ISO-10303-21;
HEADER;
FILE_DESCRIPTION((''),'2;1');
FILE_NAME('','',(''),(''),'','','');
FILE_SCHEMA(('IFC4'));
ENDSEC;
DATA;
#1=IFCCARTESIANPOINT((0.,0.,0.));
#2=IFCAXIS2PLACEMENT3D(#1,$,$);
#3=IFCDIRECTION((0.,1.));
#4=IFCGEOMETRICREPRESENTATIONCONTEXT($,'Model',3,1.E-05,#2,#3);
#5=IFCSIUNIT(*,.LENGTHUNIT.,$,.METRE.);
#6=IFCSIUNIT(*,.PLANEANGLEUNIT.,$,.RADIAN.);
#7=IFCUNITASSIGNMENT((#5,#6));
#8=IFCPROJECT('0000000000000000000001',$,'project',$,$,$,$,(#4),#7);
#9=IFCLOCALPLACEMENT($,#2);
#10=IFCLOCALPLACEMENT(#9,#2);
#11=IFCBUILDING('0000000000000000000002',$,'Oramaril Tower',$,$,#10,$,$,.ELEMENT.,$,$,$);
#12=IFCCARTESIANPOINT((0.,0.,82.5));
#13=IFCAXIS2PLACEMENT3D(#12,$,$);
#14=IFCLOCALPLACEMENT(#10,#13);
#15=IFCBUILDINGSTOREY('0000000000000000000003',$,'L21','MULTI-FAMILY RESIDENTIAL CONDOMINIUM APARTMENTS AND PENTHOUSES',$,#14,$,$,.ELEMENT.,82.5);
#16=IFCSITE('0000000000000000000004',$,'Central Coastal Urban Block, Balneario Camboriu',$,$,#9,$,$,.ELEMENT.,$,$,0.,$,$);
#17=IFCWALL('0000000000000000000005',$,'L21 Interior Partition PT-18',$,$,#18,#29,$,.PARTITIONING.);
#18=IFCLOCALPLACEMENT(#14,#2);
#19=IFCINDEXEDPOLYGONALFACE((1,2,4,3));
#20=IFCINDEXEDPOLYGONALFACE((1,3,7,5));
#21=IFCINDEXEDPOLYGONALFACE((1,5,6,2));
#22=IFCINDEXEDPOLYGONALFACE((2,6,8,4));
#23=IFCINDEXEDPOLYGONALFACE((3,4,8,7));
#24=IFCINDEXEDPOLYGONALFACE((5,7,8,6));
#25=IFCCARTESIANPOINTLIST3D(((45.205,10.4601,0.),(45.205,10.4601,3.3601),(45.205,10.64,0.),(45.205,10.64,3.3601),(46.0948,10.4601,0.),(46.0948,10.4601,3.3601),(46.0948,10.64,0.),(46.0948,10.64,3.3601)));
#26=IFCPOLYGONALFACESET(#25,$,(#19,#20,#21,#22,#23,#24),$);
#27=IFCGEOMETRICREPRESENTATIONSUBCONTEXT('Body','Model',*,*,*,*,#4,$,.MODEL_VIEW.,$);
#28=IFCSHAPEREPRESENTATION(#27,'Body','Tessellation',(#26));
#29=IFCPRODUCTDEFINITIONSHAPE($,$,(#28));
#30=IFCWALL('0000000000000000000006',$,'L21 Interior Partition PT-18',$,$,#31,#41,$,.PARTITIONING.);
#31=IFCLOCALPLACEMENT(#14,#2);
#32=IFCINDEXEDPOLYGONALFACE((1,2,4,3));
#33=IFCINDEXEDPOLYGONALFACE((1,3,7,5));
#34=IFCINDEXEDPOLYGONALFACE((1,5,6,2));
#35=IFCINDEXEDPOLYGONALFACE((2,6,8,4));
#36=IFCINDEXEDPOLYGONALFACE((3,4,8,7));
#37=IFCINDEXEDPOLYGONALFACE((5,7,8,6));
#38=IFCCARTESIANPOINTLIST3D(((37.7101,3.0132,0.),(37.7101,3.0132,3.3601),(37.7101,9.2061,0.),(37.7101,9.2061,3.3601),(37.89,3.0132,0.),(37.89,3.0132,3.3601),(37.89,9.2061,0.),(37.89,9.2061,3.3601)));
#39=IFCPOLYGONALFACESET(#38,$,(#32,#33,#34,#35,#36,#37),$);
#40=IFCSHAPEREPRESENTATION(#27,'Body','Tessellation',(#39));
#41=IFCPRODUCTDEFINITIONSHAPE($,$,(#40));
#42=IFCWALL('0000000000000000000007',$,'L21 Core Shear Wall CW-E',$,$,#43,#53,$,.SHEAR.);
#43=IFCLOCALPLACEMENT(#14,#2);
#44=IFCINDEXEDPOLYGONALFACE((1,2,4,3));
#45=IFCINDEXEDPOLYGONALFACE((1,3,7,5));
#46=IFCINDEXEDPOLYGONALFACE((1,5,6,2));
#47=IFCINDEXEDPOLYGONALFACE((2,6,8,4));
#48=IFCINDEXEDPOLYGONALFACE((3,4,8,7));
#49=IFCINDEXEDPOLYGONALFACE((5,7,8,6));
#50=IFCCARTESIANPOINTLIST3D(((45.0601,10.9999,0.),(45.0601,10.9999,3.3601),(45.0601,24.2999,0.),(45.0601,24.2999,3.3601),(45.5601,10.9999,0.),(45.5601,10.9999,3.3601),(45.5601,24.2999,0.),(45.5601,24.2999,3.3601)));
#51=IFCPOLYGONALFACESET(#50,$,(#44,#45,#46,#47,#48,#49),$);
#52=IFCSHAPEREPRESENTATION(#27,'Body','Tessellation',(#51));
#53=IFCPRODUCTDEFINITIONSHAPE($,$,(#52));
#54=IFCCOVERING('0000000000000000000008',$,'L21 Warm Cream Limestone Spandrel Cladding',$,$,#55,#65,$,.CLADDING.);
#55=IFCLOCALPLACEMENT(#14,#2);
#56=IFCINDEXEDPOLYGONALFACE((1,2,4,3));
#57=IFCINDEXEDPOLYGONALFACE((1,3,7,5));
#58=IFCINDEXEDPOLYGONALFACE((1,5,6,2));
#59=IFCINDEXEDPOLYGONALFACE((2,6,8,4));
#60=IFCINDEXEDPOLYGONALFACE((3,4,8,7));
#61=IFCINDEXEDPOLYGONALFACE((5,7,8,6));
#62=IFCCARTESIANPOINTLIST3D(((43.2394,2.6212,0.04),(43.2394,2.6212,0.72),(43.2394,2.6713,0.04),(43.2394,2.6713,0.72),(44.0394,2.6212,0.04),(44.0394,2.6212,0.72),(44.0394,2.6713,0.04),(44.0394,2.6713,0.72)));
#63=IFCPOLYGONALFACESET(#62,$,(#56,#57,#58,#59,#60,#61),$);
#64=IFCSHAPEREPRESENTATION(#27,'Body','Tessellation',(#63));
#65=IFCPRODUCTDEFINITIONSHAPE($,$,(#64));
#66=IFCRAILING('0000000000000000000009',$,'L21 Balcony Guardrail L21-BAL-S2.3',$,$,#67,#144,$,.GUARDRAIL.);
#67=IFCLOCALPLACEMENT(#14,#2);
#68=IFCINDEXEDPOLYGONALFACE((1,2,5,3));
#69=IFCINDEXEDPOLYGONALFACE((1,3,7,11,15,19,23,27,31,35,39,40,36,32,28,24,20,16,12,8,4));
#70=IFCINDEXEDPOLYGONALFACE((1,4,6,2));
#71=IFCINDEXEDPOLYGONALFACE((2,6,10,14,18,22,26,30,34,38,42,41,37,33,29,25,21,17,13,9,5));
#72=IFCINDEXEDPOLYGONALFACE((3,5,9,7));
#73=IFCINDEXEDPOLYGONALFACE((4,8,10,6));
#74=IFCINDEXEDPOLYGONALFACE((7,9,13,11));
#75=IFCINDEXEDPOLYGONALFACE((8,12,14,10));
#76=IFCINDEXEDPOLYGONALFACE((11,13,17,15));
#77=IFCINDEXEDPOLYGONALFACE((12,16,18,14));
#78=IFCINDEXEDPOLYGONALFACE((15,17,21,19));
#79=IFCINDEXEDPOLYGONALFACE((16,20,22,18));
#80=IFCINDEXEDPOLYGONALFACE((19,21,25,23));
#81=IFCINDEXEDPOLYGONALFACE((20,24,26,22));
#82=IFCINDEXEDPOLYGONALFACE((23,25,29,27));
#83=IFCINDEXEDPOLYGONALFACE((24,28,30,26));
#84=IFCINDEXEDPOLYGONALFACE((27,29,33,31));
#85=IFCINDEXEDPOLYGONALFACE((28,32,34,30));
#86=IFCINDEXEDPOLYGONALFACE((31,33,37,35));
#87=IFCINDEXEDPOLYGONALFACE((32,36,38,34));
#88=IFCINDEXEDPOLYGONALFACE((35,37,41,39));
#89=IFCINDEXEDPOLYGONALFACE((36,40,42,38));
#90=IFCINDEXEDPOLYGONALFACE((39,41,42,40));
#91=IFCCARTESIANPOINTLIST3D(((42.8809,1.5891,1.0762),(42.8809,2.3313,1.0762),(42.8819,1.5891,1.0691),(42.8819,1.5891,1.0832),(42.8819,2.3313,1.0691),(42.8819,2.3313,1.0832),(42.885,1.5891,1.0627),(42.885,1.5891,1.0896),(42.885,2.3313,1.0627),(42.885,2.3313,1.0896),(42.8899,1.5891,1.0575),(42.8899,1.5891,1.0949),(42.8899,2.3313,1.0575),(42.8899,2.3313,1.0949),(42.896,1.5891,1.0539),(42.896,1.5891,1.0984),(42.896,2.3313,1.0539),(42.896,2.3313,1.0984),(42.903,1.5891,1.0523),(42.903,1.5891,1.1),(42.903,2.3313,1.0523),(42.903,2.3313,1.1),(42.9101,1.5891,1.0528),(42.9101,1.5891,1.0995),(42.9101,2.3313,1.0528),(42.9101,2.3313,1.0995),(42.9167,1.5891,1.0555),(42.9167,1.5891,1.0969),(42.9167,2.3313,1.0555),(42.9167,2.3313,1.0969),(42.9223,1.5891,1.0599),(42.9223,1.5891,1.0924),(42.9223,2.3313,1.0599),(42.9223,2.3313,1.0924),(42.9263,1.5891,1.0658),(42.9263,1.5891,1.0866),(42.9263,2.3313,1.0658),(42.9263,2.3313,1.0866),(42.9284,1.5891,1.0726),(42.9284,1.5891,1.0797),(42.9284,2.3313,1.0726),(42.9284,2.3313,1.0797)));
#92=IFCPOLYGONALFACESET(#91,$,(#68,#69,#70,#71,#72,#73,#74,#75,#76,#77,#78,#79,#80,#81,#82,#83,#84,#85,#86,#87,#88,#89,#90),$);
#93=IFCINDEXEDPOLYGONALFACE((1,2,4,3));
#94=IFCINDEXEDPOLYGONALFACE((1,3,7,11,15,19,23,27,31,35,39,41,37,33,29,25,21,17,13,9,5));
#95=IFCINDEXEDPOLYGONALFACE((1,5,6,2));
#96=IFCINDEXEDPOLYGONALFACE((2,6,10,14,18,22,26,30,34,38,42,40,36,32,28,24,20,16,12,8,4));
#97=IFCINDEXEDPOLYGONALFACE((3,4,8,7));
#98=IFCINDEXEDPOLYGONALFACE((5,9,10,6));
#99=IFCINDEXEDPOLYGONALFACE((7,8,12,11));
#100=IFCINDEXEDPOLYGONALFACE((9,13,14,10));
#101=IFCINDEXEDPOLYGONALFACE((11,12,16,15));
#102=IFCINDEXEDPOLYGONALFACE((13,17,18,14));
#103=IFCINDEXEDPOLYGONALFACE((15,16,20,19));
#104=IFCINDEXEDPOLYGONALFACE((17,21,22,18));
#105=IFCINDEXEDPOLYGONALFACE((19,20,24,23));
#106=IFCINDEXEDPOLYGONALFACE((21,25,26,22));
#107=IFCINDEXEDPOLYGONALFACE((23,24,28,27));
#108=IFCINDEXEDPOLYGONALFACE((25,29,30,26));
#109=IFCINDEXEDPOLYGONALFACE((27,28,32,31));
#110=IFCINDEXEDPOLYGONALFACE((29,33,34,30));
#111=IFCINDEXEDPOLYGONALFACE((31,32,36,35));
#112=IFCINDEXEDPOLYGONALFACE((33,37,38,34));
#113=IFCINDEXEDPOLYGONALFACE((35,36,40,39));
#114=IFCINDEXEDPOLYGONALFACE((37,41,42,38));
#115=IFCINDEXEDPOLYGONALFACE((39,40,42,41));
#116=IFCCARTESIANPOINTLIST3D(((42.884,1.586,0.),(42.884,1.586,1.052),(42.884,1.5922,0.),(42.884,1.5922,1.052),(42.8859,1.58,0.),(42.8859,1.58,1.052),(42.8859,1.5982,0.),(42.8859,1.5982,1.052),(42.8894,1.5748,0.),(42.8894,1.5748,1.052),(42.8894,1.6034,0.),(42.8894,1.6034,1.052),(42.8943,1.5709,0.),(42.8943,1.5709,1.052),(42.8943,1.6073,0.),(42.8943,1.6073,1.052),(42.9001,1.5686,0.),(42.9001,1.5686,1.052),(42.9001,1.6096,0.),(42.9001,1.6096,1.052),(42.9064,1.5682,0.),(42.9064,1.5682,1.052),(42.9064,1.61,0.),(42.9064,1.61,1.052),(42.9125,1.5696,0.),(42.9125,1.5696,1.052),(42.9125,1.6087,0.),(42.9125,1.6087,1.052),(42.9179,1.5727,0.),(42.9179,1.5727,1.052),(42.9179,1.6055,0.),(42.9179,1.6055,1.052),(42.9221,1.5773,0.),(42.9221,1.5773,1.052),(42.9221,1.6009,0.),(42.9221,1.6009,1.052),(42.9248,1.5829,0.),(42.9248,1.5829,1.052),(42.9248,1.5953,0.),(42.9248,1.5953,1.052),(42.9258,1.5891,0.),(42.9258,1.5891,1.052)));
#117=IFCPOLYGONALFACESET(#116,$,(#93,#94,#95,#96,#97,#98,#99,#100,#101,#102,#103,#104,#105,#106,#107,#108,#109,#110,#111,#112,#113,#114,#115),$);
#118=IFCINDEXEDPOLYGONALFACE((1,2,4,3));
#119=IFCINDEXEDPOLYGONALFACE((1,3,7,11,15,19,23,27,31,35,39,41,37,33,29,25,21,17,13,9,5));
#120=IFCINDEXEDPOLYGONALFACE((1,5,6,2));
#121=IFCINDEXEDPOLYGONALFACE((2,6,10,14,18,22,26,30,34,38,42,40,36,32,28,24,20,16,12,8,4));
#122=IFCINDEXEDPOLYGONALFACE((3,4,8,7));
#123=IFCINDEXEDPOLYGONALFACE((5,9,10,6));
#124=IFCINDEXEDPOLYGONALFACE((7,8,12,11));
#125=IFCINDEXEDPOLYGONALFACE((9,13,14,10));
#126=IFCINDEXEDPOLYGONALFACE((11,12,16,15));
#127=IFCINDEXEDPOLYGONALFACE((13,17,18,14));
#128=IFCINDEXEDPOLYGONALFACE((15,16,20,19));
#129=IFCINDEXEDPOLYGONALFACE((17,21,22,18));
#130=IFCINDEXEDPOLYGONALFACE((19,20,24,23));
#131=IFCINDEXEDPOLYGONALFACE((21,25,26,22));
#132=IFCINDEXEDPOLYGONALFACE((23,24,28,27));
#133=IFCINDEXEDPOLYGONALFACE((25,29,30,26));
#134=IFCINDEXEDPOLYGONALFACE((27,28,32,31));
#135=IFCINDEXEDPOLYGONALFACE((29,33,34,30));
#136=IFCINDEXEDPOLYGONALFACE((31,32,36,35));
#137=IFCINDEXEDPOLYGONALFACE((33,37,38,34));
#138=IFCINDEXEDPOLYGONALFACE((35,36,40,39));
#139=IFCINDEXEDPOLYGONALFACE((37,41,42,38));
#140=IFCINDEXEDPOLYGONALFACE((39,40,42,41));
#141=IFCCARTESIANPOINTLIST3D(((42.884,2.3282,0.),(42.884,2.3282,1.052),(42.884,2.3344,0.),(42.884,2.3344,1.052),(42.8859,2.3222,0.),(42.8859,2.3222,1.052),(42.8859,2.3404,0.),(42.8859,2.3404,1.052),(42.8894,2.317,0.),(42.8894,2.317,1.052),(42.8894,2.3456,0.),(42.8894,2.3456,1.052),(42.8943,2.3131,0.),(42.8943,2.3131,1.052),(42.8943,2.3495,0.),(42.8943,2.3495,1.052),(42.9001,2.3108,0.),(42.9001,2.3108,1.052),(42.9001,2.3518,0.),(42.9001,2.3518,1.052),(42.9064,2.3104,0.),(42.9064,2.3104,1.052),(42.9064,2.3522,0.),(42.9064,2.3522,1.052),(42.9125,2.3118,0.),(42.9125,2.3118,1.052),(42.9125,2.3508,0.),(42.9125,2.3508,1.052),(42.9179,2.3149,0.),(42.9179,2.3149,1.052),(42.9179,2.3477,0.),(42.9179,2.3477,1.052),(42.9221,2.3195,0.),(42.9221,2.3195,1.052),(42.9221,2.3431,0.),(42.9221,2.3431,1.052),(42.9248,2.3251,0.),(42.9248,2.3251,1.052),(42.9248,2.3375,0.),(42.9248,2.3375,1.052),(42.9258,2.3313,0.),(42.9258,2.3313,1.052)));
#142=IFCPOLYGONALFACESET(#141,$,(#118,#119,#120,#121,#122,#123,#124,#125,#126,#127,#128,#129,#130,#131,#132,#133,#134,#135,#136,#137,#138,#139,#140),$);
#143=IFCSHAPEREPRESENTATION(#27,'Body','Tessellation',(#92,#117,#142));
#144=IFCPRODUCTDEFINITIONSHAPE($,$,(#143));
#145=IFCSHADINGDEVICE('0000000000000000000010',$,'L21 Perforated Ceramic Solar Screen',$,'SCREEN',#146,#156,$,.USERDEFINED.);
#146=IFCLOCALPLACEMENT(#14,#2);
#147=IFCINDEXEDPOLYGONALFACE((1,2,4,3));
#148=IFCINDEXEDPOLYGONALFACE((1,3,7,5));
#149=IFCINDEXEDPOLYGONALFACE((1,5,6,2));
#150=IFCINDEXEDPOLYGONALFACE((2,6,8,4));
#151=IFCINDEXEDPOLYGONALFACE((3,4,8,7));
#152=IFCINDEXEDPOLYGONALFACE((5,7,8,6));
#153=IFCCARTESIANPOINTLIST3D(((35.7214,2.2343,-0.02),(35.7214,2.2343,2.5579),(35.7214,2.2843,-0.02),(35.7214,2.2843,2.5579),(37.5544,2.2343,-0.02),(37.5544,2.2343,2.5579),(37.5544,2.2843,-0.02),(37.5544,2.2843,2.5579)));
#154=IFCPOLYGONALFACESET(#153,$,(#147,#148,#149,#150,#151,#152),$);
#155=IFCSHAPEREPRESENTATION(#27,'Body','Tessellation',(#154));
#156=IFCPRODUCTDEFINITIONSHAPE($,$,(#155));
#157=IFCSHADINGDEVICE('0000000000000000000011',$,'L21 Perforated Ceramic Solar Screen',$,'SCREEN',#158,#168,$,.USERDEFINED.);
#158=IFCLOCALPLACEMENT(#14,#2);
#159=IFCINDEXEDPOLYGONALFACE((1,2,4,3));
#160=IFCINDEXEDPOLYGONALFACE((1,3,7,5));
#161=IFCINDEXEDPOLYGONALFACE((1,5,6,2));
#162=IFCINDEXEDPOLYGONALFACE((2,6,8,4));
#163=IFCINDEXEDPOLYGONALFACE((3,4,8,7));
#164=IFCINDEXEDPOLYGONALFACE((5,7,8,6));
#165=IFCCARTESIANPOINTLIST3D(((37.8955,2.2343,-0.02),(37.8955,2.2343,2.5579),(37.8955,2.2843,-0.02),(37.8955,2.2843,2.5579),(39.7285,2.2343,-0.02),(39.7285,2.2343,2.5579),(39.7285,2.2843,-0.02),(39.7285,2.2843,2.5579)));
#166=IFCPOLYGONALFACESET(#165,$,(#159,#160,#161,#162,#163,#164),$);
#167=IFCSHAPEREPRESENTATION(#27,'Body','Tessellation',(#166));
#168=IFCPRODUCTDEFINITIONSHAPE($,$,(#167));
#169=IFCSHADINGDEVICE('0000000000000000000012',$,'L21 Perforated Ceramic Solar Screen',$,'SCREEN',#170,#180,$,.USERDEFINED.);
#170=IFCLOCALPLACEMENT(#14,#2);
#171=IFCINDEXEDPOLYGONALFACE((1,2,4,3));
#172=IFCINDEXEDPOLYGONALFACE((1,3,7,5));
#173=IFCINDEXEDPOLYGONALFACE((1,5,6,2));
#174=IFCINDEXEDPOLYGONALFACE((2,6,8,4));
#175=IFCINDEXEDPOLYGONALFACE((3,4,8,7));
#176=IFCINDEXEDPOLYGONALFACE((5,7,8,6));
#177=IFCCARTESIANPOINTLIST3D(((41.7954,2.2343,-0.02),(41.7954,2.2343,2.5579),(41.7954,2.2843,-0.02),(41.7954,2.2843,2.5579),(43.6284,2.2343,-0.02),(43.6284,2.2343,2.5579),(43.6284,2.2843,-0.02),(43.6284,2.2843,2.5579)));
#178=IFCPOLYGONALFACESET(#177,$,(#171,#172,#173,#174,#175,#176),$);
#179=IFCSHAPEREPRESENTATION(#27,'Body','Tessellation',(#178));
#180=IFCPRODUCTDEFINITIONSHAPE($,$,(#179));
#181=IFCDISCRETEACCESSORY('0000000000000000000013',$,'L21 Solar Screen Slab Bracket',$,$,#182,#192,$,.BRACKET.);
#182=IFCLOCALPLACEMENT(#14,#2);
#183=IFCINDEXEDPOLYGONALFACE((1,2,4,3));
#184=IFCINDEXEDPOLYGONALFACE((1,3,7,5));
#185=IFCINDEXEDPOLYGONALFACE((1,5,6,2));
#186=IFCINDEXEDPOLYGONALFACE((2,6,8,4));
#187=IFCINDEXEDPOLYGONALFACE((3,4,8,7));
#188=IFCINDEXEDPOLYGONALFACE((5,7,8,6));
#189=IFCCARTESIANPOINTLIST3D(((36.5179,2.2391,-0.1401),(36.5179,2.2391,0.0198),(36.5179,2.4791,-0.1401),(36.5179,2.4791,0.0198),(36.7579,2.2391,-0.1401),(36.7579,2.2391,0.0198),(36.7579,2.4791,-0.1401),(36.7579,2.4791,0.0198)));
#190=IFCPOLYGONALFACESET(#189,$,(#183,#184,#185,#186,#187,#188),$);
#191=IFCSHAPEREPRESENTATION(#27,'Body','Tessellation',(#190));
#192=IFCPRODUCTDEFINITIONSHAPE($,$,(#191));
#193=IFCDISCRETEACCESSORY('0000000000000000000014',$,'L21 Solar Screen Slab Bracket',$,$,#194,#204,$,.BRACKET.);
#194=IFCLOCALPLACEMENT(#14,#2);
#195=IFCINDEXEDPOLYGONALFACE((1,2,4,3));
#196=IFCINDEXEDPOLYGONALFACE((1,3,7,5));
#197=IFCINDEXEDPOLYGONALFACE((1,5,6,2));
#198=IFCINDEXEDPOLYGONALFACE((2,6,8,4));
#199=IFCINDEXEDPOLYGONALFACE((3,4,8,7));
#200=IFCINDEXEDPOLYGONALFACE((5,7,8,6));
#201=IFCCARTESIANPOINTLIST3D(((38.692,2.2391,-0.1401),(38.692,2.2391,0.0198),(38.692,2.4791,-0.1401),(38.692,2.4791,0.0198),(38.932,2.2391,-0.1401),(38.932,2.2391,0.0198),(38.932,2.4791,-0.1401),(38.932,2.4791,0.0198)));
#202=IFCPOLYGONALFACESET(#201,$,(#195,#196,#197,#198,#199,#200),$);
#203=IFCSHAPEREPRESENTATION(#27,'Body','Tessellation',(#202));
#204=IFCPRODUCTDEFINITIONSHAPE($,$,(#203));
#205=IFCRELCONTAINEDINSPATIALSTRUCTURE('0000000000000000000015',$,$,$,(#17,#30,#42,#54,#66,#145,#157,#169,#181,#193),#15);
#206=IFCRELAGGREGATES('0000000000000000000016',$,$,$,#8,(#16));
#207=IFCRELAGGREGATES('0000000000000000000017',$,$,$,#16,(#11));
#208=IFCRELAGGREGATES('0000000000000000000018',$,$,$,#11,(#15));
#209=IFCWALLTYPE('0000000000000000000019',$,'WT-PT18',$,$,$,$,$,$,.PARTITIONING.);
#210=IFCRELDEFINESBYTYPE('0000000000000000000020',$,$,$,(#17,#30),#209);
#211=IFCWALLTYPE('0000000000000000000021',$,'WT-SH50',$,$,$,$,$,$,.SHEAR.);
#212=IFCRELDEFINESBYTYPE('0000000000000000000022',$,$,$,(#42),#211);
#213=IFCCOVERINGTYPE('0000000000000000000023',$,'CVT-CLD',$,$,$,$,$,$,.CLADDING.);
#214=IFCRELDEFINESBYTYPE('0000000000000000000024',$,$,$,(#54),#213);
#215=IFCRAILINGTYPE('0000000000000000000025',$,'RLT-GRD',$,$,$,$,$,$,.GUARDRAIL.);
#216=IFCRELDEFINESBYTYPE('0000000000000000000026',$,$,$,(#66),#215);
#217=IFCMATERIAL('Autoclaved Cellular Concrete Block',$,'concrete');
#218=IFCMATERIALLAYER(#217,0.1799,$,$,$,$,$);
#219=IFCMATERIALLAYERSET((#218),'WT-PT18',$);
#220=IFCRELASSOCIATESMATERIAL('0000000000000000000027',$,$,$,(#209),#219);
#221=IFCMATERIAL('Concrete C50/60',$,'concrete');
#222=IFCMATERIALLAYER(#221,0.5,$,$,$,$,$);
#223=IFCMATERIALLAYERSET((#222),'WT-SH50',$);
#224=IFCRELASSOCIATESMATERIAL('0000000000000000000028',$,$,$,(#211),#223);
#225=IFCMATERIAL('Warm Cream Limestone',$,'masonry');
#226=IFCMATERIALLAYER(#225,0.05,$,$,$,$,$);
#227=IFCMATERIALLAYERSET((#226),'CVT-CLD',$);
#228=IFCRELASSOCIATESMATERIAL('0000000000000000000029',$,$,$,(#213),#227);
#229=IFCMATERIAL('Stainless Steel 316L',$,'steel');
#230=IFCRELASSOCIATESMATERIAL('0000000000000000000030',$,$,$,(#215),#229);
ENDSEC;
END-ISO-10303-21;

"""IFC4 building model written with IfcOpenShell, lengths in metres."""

from ifc_helpers import new_model, si_unit, direction, frame, frame_2d, origin, origin_2d, place, context, subcontext, project, spatial, rectangle, circle, extrude, material, layer, layer_set, type_object, element, save


model = new_model("IFC4")

# Units and contexts
model_context = context("Model", 3, precision=1e-05, world=origin(), true_north=direction((0.0, 1.0)))
body_context = subcontext(model_context, "Body", "Model", "MODEL_VIEW")
ifc_project = project(units=[si_unit("LENGTHUNIT", "METRE"), si_unit("PLANEANGLEUNIT", "RADIAN")], contexts=[model_context])

# Site, building, storey
site_placement = place(None, origin())
site = spatial("IfcSite", under=ifc_project, at=site_placement, Name="Central Coastal Urban Block, Balneario Camboriu", CompositionType="ELEMENT", RefElevation=0.0)
building_placement = place(site_placement, origin())
building = spatial("IfcBuilding", under=site, at=building_placement, Name="Oramaril Tower", CompositionType="ELEMENT")
storey_placement = place(building_placement, frame((0.0, 0.0, 82.5)))
storey = spatial("IfcBuildingStorey", under=building, at=storey_placement, Name="L21", Description="MULTI-FAMILY RESIDENTIAL CONDOMINIUM APARTMENTS AND PENTHOUSES", CompositionType="ELEMENT", Elevation=82.5)

# Walls
ifc_material_1 = material(Name="Autoclaved Cellular Concrete Block", Category="concrete")
ifc_layer_1 = layer(ifc_material_1, 0.1799)
ifc_layer_set_1 = layer_set([ifc_layer_1], Name="WT-PT18")
wall_type_1 = type_object("IfcWallType", Name="WT-PT18", PredefinedType="PARTITIONING", material=ifc_layer_set_1)
wall_1_placement = place(storey_placement, frame((45.2051, 10.55, 0.0), z_axis=(0.0, 0.0, 1.0), x_axis=(1.0, 0.0, 0.0)))
element("IfcWall", 1, at=wall_1_placement, inside=storey, type_object=wall_type_1, Name="L21 Interior Partition PT-18", PredefinedType="PARTITIONING", context=body_context, shape_type="SweptSolid", body=[
    extrude(rectangle(XDim=0.8899, YDim=0.1799, at=frame_2d((0.4448, 0.0))), origin(), (0.0, 0.0, 1.0), 3.3601),
])
wall_2_placement = place(storey_placement, frame((37.8, 3.0132, 0.0), z_axis=(0.0, 0.0, 1.0), x_axis=(0.0, 1.0, 0.0)))
element("IfcWall", 2, at=wall_2_placement, inside=storey, type_object=wall_type_1, Name="L21 Interior Partition PT-18", PredefinedType="PARTITIONING", context=body_context, shape_type="SweptSolid", body=[
    extrude(rectangle(XDim=6.1929, YDim=0.1799, at=frame_2d((3.0964, 0.0))), origin(), (0.0, 0.0, 1.0), 3.3601),
])
ifc_material_2 = material(Name="Concrete C50/60", Category="concrete")
ifc_layer_2 = layer(ifc_material_2, 0.5)
ifc_layer_set_2 = layer_set([ifc_layer_2], Name="WT-SH50")
wall_type_2 = type_object("IfcWallType", Name="WT-SH50", PredefinedType="SHEAR", material=ifc_layer_set_2)
wall_3_placement = place(storey_placement, frame((45.3101, 11.0, 0.0), z_axis=(0.0, 0.0, 1.0), x_axis=(0.0, 1.0, 0.0)))
element("IfcWall", 3, at=wall_3_placement, inside=storey, type_object=wall_type_2, Name="L21 Core Shear Wall CW-E", PredefinedType="SHEAR", context=body_context, shape_type="SweptSolid", body=[
    extrude(rectangle(XDim=13.3, YDim=0.5, at=frame_2d((6.6499, 0.0))), origin(), (0.0, 0.0, 1.0), 3.3601),
])

# Covering
ifc_material_3 = material(Name="Warm Cream Limestone", Category="masonry")
ifc_layer_3 = layer(ifc_material_3, 0.05)
ifc_layer_set_3 = layer_set([ifc_layer_3], Name="CVT-CLD")
covering_type = type_object("IfcCoveringType", Name="CVT-CLD", PredefinedType="CLADDING", material=ifc_layer_set_3)
covering_placement = place(storey_placement, frame((43.6394, 2.6462, 0.04), z_axis=(0.0, 0.0, 1.0), x_axis=(1.0, 0.0, 0.0)))
element("IfcCovering", 4, at=covering_placement, inside=storey, type_object=covering_type, Name="L21 Warm Cream Limestone Spandrel Cladding", PredefinedType="CLADDING", context=body_context, shape_type="SweptSolid", body=[
    extrude(rectangle(XDim=0.8, YDim=0.05, at=origin_2d()), origin(), (0.0, 0.0, 1.0), 0.6799),
])

# Railing
ifc_material_4 = material(Name="Stainless Steel 316L", Category="steel")
railing_type = type_object("IfcRailingType", Name="RLT-GRD", PredefinedType="GUARDRAIL", material=ifc_material_4)
railing_placement = place(storey_placement, frame((42.9048, 1.5891, 0.0)))
element("IfcRailing", 5, at=railing_placement, inside=storey, type_object=railing_type, Name="L21 Balcony Guardrail L21-BAL-S2.3", PredefinedType="GUARDRAIL", context=body_context, shape_type="SweptSolid", body=[
    extrude(circle(Radius=0.0239, at=origin_2d()), frame((0.0, 0.0, 1.0762), z_axis=(0.0, 1.0, 0.0), x_axis=(-1.0, 0.0, 0.0)), (0.0, 0.0, 1.0), 0.7422),
    extrude(circle(Radius=0.021, at=origin_2d()), origin(), (0.0, 0.0, 1.0), 1.052),
    extrude(circle(Radius=0.021, at=origin_2d()), frame((0.0, 0.7422, 0.0)), (0.0, 0.0, 1.0), 1.052),
])

# Shading devices
for number, where, z_axis, x_axis, name in (
    (6, (36.6379, 2.2593, -0.02), (0.0, 0.0, 1.0), (1.0, 0.0, 0.0), "L21 Perforated Ceramic Solar Screen"),
    (7, (38.812, 2.2593, -0.02), (0.0, 0.0, 1.0), (1.0, 0.0, 0.0), "L21 Perforated Ceramic Solar Screen"),
    (8, (42.7119, 2.2593, -0.02), (0.0, 0.0, 1.0), (1.0, 0.0, 0.0), "L21 Perforated Ceramic Solar Screen"),
):
    element("IfcShadingDevice", number, at=place(storey_placement, frame(where, z_axis=z_axis, x_axis=x_axis)), inside=storey, Name=name, ObjectType="SCREEN", PredefinedType="USERDEFINED", context=body_context, shape_type="SweptSolid", body=[
        extrude(rectangle(XDim=1.833, YDim=0.05, at=origin_2d()), origin(), (0.0, 0.0, 1.0), 2.5779),
    ])

# Discrete accessories
for number, where, z_axis, x_axis, name in (
    (9, (36.6379, 2.3591, -0.1401), (0.0, 0.0, 1.0), (1.0, 0.0, 0.0), "L21 Solar Screen Slab Bracket"),
    (10, (38.812, 2.3591, -0.1401), (0.0, 0.0, 1.0), (1.0, 0.0, 0.0), "L21 Solar Screen Slab Bracket"),
):
    element("IfcDiscreteAccessory", number, at=place(storey_placement, frame(where, z_axis=z_axis, x_axis=x_axis)), inside=storey, Name=name, PredefinedType="BRACKET", context=body_context, shape_type="SweptSolid", body=[
        extrude(rectangle(XDim=0.24, YDim=0.24, at=origin_2d()), origin(), (0.0, 0.0, 1.0), 0.1599),
    ])

save(model, "model.ifc")
